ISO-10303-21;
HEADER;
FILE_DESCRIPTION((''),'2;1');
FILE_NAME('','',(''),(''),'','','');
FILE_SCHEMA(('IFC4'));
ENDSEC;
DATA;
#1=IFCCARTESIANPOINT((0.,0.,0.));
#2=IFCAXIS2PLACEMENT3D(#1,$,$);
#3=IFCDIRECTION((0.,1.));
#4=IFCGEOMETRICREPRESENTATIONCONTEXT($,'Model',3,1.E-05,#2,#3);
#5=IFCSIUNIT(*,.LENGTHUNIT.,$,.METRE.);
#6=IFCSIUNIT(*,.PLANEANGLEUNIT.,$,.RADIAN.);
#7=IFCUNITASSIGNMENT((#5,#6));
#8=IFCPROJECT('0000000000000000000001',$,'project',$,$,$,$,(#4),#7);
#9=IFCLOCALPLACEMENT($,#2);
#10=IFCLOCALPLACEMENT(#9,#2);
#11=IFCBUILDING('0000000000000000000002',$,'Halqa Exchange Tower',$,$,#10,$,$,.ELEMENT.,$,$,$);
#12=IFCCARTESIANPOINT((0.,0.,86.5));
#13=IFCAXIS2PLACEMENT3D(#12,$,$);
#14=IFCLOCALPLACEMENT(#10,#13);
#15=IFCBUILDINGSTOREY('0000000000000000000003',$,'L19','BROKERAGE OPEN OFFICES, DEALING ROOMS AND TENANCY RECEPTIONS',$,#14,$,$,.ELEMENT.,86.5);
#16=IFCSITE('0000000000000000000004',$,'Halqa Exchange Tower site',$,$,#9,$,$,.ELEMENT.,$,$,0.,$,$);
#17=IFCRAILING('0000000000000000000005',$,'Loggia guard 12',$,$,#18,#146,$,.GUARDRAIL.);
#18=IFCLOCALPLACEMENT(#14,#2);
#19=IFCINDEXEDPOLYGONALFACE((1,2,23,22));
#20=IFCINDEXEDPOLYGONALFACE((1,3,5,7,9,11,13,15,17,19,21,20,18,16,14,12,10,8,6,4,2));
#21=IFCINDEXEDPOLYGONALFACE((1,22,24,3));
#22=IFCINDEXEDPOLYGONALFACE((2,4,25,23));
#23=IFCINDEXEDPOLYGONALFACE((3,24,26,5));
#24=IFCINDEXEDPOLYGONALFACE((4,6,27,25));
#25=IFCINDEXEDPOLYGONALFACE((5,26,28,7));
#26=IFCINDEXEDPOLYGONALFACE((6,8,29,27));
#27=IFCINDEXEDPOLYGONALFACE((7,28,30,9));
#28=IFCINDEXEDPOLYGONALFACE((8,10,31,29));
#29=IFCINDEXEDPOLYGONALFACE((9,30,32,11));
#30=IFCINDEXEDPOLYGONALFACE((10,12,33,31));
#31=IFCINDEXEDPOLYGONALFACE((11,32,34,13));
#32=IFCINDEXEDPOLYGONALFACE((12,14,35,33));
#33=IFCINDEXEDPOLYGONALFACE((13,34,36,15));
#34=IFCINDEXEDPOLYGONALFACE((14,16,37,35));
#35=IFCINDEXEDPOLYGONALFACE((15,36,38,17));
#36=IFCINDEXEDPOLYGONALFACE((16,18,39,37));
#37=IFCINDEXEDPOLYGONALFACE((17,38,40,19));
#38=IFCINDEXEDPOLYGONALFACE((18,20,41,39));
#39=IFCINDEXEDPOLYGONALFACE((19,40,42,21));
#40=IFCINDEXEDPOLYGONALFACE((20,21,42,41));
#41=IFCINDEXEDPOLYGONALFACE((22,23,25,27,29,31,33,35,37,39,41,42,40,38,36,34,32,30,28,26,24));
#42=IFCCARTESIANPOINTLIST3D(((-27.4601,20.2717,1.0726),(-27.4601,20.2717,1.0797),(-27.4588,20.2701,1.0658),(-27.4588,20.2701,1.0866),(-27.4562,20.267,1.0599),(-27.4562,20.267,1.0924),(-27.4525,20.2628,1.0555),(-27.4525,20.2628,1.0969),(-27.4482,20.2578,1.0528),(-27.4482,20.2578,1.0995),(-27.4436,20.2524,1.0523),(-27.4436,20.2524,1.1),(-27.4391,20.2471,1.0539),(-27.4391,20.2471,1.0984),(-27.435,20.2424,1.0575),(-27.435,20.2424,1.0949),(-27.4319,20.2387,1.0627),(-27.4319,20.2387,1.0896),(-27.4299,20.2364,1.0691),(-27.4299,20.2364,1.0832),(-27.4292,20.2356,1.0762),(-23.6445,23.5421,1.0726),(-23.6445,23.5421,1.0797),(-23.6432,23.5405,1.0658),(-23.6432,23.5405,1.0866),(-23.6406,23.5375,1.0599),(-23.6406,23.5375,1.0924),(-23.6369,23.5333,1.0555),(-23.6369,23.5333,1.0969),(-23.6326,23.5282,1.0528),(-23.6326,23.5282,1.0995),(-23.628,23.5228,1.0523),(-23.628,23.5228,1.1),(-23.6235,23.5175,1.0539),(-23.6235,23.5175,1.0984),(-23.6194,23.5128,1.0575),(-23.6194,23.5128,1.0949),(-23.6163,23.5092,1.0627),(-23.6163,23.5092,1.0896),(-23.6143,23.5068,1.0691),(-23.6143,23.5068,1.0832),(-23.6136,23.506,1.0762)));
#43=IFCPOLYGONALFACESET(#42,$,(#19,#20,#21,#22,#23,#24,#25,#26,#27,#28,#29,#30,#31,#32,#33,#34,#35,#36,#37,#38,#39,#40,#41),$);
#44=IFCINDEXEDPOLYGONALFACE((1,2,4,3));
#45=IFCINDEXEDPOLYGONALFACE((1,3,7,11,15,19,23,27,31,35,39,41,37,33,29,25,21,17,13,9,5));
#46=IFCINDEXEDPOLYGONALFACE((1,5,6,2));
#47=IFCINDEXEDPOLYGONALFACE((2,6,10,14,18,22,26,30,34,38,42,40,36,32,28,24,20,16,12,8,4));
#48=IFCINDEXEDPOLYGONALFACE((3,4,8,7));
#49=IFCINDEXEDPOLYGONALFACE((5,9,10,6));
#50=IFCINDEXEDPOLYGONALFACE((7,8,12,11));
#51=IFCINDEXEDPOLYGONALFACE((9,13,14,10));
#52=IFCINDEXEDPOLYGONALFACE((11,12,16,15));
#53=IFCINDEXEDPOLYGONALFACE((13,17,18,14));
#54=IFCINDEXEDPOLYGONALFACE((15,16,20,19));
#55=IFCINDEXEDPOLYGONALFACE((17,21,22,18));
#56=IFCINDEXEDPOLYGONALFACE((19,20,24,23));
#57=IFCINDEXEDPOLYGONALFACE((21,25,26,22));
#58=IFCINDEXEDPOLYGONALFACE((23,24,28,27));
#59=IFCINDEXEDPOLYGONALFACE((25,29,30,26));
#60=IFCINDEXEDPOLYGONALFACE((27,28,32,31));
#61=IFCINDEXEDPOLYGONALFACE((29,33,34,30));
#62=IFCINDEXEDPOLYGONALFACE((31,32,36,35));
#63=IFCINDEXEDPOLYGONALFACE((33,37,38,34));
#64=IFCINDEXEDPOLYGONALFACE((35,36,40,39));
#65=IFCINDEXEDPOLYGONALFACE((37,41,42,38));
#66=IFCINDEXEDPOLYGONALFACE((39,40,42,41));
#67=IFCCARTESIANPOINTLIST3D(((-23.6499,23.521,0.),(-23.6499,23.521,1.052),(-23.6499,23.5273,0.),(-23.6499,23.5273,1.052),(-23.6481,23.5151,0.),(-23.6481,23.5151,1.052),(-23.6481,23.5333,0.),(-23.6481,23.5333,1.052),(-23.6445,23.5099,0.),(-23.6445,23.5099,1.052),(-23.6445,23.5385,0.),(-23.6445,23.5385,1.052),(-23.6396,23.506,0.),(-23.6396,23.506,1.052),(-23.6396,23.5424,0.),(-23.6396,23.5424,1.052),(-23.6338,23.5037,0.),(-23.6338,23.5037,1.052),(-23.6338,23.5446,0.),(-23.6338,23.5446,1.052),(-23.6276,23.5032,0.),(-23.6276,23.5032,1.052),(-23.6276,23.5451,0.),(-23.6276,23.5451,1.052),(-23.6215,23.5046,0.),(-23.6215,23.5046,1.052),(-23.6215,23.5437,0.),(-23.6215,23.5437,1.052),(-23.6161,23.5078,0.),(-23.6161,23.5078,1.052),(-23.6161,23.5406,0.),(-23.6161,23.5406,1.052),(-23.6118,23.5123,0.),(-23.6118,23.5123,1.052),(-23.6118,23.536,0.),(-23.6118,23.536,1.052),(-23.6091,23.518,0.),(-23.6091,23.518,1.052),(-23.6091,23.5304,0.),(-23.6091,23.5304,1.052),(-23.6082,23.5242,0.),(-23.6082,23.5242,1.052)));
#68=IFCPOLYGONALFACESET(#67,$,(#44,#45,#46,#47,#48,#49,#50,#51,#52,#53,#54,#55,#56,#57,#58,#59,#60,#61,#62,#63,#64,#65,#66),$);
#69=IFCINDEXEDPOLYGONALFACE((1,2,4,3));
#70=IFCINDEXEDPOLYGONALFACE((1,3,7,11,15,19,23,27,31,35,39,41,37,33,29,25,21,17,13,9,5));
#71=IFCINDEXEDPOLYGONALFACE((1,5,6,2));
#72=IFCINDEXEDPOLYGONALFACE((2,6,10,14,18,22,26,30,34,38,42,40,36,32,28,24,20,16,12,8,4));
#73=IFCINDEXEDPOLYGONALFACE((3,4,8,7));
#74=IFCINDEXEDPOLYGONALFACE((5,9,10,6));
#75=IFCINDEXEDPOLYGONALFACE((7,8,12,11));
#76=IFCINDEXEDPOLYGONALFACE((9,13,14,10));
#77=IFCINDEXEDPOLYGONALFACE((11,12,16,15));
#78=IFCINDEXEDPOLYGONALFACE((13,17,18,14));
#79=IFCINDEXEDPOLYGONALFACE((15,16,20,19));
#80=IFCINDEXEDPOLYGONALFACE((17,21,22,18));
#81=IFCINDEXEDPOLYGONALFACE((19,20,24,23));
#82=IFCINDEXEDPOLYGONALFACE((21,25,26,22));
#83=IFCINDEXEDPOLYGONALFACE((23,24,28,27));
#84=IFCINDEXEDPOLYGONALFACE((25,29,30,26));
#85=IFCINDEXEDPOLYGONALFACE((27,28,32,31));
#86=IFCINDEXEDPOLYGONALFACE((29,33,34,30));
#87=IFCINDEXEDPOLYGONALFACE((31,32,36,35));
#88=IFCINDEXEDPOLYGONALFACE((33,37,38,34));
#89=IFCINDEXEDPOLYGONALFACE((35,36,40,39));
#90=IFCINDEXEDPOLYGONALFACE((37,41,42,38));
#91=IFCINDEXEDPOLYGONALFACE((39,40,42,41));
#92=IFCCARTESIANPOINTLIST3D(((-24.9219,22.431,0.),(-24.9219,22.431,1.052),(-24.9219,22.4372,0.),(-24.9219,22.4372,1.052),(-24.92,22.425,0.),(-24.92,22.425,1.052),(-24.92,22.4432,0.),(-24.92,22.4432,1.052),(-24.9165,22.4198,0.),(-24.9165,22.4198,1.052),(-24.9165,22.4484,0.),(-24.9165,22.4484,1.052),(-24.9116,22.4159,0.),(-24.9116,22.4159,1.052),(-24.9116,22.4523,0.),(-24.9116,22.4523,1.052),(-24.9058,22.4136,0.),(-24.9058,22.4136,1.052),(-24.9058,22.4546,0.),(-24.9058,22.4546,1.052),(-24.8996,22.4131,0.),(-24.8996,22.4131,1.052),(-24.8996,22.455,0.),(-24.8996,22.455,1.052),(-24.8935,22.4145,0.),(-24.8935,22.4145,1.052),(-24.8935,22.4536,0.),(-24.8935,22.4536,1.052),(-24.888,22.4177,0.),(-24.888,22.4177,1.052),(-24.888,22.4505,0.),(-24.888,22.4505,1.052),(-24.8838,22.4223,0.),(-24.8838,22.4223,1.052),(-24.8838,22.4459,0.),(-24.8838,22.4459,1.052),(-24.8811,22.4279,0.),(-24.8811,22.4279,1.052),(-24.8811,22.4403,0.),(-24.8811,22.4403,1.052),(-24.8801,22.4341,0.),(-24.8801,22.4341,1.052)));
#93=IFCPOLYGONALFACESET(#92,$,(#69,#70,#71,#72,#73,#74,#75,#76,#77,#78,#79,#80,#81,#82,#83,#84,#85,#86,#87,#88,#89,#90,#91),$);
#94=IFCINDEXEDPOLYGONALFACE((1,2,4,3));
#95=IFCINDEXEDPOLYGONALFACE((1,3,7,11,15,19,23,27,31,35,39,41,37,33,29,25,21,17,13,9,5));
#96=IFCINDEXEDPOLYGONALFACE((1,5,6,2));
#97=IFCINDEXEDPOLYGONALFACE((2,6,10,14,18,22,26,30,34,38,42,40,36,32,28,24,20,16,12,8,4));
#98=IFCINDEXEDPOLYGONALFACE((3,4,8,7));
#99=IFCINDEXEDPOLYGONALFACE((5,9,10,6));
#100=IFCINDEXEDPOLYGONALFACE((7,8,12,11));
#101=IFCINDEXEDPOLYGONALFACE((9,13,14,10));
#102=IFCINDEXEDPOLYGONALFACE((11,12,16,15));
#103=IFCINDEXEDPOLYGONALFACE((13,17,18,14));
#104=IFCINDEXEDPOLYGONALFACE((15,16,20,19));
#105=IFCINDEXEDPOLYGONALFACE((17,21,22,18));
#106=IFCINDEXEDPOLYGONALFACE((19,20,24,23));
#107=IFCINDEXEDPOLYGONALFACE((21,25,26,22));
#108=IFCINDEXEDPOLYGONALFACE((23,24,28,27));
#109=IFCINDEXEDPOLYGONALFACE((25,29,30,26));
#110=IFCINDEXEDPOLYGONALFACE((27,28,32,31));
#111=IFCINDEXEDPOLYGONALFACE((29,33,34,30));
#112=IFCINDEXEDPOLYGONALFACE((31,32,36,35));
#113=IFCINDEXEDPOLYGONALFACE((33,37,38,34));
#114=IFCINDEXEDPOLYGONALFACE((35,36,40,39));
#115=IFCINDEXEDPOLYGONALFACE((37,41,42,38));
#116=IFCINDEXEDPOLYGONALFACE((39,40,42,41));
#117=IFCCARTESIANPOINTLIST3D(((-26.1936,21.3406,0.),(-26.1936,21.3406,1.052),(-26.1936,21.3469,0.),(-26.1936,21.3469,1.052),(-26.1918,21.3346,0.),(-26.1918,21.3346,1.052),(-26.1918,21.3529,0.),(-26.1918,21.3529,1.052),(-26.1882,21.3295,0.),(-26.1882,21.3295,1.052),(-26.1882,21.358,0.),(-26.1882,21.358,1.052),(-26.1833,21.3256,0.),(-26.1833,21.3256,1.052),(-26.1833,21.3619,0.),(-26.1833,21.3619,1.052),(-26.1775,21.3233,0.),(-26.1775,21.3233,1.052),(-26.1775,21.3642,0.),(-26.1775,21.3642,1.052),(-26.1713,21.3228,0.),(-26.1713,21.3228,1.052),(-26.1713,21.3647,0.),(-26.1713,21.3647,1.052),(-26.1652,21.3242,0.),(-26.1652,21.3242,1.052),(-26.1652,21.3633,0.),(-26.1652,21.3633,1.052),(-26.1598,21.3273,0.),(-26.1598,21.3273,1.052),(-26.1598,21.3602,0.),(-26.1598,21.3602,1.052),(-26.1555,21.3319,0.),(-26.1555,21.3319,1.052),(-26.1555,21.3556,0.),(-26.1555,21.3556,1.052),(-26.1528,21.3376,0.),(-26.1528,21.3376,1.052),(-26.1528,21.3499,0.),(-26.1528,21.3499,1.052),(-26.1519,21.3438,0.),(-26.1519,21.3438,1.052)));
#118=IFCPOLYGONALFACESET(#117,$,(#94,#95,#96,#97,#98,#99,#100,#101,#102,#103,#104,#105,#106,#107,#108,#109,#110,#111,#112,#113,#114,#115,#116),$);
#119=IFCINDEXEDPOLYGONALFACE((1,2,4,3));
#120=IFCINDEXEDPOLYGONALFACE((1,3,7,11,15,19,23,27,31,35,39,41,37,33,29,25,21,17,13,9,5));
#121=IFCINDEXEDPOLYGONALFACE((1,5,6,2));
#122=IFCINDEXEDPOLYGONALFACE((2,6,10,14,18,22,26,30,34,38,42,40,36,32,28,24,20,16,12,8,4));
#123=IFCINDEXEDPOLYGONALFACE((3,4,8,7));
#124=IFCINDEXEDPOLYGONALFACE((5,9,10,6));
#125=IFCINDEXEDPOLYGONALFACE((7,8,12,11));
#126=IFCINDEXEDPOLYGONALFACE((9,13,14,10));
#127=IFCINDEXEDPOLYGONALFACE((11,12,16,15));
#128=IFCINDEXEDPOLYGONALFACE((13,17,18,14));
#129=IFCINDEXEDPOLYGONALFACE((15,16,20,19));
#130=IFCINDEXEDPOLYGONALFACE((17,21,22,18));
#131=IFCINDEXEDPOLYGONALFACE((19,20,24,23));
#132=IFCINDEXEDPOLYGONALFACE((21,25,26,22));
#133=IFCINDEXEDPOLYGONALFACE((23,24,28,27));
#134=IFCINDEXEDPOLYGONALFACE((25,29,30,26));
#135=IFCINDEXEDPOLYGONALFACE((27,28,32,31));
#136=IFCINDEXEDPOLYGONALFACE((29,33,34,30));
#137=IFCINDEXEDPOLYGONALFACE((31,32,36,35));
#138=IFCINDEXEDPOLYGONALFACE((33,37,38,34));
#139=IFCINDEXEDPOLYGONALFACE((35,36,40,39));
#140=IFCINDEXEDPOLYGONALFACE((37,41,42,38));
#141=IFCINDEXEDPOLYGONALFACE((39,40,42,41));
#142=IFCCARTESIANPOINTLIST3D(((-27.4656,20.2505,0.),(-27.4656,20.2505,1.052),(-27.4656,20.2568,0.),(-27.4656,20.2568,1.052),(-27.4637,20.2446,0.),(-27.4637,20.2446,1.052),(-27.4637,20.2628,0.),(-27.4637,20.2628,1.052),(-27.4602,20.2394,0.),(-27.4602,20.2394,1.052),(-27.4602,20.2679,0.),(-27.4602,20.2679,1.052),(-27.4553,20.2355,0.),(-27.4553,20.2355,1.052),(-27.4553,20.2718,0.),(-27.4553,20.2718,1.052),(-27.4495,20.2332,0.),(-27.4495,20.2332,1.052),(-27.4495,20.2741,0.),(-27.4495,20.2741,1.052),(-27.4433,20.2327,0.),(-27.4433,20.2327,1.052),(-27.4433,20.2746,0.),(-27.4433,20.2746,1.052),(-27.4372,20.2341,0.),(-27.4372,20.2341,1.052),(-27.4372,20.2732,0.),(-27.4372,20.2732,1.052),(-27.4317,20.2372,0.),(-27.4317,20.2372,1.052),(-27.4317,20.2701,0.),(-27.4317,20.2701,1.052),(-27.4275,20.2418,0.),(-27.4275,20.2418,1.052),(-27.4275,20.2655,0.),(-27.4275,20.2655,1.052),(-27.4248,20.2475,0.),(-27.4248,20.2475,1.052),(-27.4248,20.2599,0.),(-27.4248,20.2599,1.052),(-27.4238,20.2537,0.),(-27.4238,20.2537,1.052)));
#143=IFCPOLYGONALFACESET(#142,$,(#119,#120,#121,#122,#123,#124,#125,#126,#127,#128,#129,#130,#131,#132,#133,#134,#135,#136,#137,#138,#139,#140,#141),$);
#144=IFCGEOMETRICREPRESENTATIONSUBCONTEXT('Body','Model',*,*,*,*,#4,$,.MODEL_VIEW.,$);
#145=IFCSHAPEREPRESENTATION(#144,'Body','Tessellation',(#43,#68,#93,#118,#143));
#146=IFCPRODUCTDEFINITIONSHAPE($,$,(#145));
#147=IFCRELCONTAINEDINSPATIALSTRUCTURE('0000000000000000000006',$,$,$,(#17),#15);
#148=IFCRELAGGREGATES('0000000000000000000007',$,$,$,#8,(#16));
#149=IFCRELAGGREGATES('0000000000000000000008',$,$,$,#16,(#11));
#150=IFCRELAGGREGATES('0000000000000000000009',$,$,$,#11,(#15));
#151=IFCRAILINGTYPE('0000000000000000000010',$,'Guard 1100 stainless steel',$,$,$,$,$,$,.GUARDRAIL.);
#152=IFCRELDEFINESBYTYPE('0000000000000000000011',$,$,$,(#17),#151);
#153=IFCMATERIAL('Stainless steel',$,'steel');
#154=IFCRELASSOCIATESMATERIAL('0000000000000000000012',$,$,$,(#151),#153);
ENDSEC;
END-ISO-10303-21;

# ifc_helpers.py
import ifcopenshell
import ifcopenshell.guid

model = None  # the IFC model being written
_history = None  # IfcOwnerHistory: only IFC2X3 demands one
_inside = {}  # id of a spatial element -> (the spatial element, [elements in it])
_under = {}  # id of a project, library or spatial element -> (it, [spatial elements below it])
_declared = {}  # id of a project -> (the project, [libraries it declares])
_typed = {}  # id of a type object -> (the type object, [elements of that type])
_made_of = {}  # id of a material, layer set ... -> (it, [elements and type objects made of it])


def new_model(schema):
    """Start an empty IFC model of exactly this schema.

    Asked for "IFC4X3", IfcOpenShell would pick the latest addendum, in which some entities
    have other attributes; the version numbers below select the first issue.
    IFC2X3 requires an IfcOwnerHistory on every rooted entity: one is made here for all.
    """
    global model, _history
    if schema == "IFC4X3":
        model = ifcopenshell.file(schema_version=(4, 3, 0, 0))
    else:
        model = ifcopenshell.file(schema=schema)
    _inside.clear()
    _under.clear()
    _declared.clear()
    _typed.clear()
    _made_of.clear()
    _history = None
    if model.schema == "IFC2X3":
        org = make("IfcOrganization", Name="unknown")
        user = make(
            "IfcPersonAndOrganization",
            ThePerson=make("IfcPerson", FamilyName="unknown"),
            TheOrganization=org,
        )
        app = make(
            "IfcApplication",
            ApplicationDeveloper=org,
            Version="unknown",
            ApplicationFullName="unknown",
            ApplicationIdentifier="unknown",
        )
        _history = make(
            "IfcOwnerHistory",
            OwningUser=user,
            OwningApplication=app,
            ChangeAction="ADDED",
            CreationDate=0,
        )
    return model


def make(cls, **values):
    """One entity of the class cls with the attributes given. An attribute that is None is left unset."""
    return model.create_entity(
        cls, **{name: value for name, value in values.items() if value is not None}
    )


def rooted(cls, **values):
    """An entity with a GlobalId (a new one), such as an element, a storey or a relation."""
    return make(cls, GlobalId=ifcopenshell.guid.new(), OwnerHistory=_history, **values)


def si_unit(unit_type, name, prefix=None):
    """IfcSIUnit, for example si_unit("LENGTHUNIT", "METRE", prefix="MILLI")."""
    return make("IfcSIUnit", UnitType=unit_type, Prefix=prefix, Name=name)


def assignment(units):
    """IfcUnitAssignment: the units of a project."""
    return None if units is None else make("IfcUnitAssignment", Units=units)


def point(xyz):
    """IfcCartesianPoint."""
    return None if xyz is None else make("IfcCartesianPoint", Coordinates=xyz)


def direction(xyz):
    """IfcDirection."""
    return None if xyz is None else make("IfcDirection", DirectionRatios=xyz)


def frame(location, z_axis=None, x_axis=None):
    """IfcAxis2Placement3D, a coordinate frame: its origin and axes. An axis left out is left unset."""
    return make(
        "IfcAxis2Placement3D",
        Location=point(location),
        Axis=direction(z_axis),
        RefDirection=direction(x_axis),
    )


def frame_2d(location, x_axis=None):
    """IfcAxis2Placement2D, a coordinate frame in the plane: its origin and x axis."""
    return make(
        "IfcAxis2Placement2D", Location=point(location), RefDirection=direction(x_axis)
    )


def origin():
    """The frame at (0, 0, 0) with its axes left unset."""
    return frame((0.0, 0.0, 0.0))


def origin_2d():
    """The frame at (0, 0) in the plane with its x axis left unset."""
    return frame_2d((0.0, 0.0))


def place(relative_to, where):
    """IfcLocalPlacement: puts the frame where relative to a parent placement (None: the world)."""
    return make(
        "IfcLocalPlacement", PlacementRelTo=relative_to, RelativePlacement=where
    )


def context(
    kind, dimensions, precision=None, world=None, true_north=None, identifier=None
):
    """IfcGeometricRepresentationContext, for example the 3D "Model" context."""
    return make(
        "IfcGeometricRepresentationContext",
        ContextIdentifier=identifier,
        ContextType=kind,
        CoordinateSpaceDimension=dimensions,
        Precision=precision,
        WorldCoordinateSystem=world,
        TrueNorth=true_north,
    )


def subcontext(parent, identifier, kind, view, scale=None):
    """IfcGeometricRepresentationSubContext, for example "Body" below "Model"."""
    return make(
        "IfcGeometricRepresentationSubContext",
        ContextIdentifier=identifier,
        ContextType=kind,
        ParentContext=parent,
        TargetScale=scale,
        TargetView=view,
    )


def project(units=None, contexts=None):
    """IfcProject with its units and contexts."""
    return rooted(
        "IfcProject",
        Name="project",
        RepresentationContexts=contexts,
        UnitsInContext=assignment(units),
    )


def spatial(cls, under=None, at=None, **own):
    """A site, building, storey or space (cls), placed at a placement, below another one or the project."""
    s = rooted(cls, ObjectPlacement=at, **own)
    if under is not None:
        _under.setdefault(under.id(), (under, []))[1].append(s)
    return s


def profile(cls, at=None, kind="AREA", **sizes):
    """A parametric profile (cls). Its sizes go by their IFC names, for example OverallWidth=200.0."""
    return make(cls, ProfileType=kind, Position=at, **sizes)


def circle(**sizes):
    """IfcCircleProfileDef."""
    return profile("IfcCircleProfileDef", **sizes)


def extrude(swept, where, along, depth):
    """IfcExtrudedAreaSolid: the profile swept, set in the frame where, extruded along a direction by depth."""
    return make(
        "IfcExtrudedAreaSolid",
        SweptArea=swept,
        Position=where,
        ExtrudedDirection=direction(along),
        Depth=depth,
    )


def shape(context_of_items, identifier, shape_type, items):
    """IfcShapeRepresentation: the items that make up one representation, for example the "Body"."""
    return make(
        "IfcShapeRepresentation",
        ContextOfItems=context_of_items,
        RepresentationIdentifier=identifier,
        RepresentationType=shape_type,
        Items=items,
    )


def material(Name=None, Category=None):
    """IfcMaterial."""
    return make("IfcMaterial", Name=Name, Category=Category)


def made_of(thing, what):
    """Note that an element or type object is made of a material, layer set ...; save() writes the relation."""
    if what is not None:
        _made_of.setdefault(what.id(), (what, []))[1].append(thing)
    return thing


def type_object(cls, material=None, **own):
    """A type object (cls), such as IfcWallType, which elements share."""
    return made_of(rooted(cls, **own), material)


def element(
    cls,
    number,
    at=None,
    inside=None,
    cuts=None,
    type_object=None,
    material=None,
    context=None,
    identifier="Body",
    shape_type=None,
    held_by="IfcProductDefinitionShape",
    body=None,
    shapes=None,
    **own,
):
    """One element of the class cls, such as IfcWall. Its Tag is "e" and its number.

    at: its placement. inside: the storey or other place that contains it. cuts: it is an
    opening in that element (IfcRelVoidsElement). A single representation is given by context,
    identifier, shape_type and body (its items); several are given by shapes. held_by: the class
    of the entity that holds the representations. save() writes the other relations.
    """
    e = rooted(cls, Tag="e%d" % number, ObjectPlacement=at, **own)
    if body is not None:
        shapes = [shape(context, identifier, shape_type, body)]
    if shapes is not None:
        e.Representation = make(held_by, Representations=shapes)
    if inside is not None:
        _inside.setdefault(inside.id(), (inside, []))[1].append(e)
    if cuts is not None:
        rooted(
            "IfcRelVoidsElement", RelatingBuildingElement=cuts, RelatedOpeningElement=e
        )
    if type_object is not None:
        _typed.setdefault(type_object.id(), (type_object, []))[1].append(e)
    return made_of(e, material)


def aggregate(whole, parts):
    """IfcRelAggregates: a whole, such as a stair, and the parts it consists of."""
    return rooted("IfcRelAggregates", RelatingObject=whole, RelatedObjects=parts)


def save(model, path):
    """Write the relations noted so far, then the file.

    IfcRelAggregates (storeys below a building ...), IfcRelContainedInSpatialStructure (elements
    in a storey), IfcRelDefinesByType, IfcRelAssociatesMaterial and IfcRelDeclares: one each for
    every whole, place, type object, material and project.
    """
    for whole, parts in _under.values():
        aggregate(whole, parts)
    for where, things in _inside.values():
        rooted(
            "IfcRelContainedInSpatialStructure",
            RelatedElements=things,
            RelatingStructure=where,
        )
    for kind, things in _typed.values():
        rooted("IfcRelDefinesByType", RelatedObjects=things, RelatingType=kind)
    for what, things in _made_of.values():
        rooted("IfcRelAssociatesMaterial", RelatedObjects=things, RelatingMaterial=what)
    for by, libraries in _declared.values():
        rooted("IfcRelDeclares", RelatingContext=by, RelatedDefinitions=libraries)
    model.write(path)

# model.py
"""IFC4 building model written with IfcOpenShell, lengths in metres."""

from ifc_helpers import new_model, si_unit, direction, frame, origin, origin_2d, place, context, subcontext, project, spatial, circle, extrude, material, type_object, element, save


model = new_model("IFC4")

# Units and contexts
model_context = context("Model", 3, precision=1e-05, world=origin(), true_north=direction((0.0, 1.0)))
body_context = subcontext(model_context, "Body", "Model", "MODEL_VIEW")
ifc_project = project(units=[si_unit("LENGTHUNIT", "METRE"), si_unit("PLANEANGLEUNIT", "RADIAN")], contexts=[model_context])

# Site, building, storey
site_placement = place(None, origin())
site = spatial("IfcSite", under=ifc_project, at=site_placement, Name="Halqa Exchange Tower site", CompositionType="ELEMENT", RefElevation=0.0)
building_placement = place(site_placement, origin())
building = spatial("IfcBuilding", under=site, at=building_placement, Name="Halqa Exchange Tower", CompositionType="ELEMENT")
storey_placement = place(building_placement, frame((0.0, 0.0, 86.5)))
storey = spatial("IfcBuildingStorey", under=building, at=storey_placement, Name="L19", Description="BROKERAGE OPEN OFFICES, DEALING ROOMS AND TENANCY RECEPTIONS", CompositionType="ELEMENT", Elevation=86.5)

# Railing
ifc_material_1 = material(Name="Stainless steel", Category="steel")
railing_type = type_object("IfcRailingType", Name="Guard 1100 stainless steel", PredefinedType="GUARDRAIL", material=ifc_material_1)
railing_1_placement = place(storey_placement, frame((-23.6292, 23.5242, 0.0)))
element("IfcRailing", 1, at=railing_1_placement, inside=storey, type_object=railing_type, Name="Loggia guard 12", PredefinedType="GUARDRAIL", context=body_context, shape_type="SweptSolid", body=[
    extrude(circle(Radius=0.0239, at=origin_2d()), frame((0.0, 0.0, 1.0762), z_axis=(-0.759263, -0.650783, 0.0), x_axis=(0.650783, -0.759263, 0.0)), (0.0, 0.0, 1.0), 5.0254),
    extrude(circle(Radius=0.021, at=origin_2d()), origin(), (0.0, 0.0, 1.0), 1.052),
    extrude(circle(Radius=0.021, at=origin_2d()), frame((-1.272, -1.0901, 0.0)), (0.0, 0.0, 1.0), 1.052),
    extrude(circle(Radius=0.021, at=origin_2d()), frame((-2.5437, -2.1804, 0.0)), (0.0, 0.0, 1.0), 1.052),
    extrude(circle(Radius=0.021, at=origin_2d()), frame((-3.8157, -3.2705, 0.0)), (0.0, 0.0, 1.0), 1.052),
])

save(model, "model.ifc")
